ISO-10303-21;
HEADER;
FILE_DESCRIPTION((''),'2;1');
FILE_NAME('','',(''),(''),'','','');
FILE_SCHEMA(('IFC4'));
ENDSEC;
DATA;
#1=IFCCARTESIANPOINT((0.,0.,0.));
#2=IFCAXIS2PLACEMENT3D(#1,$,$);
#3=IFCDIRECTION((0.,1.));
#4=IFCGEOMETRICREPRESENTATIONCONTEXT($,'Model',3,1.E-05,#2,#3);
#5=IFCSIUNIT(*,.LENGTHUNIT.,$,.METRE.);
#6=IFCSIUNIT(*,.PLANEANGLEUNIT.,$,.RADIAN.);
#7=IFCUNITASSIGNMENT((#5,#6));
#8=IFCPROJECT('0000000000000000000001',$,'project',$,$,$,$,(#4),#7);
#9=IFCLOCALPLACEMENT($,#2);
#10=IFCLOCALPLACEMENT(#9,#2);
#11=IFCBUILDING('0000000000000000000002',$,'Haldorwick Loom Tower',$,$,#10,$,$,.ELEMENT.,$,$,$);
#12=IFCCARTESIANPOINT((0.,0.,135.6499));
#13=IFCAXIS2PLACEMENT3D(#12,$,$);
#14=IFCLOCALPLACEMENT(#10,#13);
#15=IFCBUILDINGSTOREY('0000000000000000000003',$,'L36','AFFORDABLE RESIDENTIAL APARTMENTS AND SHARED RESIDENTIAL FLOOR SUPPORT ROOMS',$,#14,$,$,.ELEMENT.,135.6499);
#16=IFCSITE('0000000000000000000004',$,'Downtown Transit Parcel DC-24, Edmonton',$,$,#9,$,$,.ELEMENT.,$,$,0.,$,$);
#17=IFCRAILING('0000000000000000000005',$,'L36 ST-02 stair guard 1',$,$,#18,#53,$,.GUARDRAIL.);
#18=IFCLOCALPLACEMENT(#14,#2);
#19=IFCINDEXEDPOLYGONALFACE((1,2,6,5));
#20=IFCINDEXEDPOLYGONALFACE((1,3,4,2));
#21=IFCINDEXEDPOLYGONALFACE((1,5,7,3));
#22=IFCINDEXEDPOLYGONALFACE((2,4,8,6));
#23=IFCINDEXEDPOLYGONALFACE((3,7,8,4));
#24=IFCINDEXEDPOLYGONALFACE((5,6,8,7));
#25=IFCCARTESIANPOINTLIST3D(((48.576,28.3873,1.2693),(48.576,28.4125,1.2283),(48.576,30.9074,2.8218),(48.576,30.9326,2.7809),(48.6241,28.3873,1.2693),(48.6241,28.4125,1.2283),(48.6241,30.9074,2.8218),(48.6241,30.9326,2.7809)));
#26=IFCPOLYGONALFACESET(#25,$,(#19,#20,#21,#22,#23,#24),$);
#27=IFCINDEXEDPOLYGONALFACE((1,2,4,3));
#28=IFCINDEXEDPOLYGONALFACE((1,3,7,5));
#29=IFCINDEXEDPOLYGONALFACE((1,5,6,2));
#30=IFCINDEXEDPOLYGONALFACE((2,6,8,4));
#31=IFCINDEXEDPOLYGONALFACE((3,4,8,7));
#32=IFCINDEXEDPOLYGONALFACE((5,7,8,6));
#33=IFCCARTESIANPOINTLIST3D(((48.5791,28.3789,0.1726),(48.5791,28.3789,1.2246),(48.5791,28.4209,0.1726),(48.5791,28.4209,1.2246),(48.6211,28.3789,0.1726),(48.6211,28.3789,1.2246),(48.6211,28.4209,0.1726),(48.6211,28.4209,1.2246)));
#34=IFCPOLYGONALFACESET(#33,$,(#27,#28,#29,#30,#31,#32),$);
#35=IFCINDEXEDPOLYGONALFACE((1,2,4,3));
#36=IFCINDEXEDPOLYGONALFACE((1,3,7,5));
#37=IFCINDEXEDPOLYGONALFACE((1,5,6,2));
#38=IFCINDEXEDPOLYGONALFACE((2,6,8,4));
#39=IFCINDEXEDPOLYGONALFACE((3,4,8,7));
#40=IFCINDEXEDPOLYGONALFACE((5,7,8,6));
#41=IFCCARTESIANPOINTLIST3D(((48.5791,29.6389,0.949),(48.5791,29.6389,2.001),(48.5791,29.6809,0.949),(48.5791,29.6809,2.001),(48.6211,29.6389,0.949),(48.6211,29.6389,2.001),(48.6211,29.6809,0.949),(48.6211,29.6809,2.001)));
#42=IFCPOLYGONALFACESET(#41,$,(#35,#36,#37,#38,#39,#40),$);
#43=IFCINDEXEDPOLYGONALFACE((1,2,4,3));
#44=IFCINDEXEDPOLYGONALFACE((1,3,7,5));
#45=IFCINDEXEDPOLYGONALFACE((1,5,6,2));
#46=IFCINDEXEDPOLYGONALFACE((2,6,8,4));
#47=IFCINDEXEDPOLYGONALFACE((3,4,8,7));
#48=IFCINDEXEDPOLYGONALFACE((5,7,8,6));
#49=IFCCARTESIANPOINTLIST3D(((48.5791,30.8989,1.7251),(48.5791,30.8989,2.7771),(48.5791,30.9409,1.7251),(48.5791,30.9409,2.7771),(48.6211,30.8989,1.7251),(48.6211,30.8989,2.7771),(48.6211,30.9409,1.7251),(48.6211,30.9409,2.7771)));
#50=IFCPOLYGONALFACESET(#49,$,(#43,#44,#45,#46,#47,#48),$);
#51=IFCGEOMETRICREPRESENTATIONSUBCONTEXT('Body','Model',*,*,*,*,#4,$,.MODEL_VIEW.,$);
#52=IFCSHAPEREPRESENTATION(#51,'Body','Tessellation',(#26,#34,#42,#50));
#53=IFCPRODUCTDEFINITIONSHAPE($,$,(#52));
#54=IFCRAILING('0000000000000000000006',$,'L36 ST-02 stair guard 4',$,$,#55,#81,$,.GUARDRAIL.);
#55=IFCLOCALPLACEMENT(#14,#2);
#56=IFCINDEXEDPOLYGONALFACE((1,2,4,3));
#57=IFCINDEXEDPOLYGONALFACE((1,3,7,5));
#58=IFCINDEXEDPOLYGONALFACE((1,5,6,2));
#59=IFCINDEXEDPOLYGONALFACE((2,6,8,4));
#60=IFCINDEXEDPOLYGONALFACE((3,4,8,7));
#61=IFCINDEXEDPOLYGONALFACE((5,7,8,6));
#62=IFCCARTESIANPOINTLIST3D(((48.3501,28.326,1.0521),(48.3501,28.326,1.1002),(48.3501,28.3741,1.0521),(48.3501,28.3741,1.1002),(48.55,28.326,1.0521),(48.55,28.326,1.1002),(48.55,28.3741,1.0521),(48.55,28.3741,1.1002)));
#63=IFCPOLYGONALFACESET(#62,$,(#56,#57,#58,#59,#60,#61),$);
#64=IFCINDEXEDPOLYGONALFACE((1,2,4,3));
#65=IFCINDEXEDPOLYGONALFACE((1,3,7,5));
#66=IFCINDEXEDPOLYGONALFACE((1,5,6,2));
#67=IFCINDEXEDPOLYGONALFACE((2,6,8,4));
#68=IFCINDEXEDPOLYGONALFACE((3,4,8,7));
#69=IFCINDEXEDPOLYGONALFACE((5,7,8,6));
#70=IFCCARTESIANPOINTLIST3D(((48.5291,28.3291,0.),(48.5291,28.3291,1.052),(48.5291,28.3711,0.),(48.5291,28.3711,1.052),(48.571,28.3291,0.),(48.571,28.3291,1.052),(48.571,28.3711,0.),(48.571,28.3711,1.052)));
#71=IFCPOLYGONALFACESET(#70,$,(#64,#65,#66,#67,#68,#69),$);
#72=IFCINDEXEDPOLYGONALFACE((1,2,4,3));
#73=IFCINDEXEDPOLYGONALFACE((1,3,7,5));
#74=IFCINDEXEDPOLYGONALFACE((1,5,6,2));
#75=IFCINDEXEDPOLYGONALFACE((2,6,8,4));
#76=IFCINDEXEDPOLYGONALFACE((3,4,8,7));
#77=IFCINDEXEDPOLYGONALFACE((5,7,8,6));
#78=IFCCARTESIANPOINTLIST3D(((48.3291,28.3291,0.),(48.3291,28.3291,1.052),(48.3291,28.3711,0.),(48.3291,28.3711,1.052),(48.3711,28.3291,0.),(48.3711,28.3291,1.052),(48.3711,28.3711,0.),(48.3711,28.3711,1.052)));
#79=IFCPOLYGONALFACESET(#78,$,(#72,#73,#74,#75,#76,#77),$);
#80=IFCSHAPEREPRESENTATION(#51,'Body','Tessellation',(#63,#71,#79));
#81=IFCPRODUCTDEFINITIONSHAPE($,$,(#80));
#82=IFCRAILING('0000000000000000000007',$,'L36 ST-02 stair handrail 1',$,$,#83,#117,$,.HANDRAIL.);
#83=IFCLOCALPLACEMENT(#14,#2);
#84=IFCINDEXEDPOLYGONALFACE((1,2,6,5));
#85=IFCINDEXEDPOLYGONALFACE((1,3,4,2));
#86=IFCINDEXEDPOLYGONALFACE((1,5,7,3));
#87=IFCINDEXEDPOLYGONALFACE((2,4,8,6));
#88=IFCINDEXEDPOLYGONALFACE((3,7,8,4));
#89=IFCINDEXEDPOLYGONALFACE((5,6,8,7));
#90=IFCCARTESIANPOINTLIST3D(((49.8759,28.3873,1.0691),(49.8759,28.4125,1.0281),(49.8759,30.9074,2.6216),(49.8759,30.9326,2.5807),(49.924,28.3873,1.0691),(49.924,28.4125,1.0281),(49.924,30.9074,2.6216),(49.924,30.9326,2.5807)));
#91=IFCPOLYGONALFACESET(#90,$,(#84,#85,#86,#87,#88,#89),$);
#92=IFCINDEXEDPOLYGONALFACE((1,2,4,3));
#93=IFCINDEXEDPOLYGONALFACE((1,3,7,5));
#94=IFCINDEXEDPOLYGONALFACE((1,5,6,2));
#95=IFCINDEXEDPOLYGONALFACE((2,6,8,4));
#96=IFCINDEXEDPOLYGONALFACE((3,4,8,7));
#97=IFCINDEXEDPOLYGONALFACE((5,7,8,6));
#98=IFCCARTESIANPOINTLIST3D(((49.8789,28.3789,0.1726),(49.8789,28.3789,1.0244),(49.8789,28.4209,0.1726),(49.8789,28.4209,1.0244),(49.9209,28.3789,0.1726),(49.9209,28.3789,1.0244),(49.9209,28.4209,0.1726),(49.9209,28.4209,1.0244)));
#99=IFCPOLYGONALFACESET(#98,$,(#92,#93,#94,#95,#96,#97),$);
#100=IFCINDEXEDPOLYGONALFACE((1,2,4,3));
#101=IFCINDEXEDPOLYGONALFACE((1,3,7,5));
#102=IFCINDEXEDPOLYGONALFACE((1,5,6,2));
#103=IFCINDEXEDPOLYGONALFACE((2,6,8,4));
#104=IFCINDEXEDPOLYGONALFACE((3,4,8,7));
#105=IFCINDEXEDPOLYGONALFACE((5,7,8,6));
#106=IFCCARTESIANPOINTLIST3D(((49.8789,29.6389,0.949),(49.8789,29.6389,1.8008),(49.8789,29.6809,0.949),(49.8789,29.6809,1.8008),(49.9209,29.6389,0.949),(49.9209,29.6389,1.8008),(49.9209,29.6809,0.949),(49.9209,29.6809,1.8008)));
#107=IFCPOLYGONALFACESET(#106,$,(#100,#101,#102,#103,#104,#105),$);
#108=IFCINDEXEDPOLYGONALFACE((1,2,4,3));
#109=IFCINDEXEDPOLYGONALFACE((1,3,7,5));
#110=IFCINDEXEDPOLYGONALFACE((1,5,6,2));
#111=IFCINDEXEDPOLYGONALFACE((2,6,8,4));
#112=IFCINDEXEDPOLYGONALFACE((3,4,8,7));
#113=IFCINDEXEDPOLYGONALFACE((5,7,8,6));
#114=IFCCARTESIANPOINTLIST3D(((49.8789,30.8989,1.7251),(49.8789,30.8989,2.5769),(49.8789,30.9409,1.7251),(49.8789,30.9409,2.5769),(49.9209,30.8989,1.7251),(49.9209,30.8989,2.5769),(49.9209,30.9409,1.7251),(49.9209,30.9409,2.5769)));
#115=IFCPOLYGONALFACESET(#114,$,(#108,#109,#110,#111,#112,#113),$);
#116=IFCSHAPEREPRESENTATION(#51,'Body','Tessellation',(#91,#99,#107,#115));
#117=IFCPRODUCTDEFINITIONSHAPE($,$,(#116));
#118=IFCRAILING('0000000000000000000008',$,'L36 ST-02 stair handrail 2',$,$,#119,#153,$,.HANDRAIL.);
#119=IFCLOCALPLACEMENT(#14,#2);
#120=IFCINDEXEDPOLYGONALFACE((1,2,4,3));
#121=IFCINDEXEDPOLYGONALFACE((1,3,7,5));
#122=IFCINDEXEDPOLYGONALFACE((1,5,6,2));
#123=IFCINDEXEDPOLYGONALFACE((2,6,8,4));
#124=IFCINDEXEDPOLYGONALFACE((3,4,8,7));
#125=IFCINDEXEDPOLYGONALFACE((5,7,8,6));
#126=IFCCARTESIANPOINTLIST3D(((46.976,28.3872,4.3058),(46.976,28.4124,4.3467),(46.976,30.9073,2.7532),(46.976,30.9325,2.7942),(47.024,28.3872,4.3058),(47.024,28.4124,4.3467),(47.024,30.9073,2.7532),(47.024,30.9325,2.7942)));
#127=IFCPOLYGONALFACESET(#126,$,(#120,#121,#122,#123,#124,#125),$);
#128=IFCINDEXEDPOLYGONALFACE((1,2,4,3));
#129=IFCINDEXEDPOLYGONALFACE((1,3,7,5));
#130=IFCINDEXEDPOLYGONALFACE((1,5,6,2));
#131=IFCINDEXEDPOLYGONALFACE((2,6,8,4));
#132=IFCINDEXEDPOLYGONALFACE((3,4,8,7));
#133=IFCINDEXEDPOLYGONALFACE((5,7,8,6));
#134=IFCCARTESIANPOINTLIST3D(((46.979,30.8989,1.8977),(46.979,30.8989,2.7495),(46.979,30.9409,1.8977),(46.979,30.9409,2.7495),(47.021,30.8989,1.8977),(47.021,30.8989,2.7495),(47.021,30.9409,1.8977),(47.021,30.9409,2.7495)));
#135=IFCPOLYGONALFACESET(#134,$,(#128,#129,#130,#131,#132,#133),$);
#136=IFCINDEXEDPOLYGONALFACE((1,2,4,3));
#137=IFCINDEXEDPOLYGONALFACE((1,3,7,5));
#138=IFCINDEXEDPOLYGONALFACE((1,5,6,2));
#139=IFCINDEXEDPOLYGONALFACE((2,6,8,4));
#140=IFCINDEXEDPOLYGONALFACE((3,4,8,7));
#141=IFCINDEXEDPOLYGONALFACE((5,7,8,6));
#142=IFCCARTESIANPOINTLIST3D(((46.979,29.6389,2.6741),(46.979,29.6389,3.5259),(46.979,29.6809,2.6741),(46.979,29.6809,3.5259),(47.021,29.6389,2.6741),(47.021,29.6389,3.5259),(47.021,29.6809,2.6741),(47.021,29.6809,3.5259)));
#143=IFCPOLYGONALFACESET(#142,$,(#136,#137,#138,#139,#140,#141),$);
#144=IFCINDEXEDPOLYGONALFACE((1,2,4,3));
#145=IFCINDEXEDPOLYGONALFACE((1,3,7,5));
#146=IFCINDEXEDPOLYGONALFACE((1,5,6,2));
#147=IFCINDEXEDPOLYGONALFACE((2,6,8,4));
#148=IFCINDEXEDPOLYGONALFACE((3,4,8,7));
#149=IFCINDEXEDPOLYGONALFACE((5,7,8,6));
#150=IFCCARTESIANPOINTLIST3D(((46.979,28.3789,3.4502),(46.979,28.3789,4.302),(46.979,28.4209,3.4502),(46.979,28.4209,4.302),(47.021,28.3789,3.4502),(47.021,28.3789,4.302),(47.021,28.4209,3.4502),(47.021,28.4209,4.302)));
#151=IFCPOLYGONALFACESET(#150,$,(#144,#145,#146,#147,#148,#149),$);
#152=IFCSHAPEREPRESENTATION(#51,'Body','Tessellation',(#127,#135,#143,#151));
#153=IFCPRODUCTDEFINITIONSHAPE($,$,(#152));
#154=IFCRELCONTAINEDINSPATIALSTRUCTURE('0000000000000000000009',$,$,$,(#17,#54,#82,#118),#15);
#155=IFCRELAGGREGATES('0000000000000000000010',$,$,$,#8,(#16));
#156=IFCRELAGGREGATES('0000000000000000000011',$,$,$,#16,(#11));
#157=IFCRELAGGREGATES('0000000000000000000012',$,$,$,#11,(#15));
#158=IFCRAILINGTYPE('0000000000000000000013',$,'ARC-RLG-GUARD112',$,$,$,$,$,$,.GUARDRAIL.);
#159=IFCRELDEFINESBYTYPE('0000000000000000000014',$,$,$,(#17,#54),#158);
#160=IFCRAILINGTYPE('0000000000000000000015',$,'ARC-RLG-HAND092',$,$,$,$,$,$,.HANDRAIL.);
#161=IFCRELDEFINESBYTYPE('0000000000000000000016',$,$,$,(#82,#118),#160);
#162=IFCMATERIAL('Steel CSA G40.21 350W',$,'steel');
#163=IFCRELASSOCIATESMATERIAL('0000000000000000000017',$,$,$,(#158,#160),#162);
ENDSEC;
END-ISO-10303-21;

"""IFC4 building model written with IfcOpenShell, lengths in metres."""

from ifc_helpers import new_model, si_unit, direction, frame, origin, origin_2d, place, context, subcontext, project, spatial, rectangle, extrude, material, type_object, element, save


model = new_model("IFC4")

# Units and contexts
model_context = context("Model", 3, precision=1e-05, world=origin(), true_north=direction((0.0, 1.0)))
body_context = subcontext(model_context, "Body", "Model", "MODEL_VIEW")
ifc_project = project(units=[si_unit("LENGTHUNIT", "METRE"), si_unit("PLANEANGLEUNIT", "RADIAN")], contexts=[model_context])

# Site, building, storey
site_placement = place(None, origin())
site = spatial("IfcSite", under=ifc_project, at=site_placement, Name="Downtown Transit Parcel DC-24, Edmonton", CompositionType="ELEMENT", RefElevation=0.0)
building_placement = place(site_placement, origin())
building = spatial("IfcBuilding", under=site, at=building_placement, Name="Haldorwick Loom Tower", CompositionType="ELEMENT")
storey_placement = place(building_placement, frame((0.0, 0.0, 135.6499)))
storey = spatial("IfcBuildingStorey", under=building, at=storey_placement, Name="L36", Description="AFFORDABLE RESIDENTIAL APARTMENTS AND SHARED RESIDENTIAL FLOOR SUPPORT ROOMS", CompositionType="ELEMENT", Elevation=135.6499)

# Shared definitions
ifc_material_1 = material(Name="Steel CSA G40.21 350W", Category="steel")

# Railings
railing_type_1 = type_object("IfcRailingType", Name="ARC-RLG-GUARD112", PredefinedType="GUARDRAIL", material=ifc_material_1)
railing_1_placement = place(storey_placement, frame((48.6001, 28.3999, 0.1726)))
element("IfcRailing", 1, at=railing_1_placement, inside=storey, type_object=railing_type_1, Name="L36 ST-02 stair guard 1", PredefinedType="GUARDRAIL", context=body_context, shape_type="SweptSolid", body=[
    extrude(rectangle(XDim=0.0481, YDim=0.0481, at=origin_2d()), frame((0.0, 0.0, 1.0762), z_axis=(0.0, 0.8514, 0.524516), x_axis=(-1.0, 0.0, 0.0)), (0.0, 0.0, 1.0), 2.96),
    extrude(rectangle(XDim=0.042, YDim=0.042, at=origin_2d()), origin(), (0.0, 0.0, 1.0), 1.052),
    extrude(rectangle(XDim=0.042, YDim=0.042, at=origin_2d()), frame((0.0, 1.26, 0.7764)), (0.0, 0.0, 1.0), 1.052),
    extrude(rectangle(XDim=0.042, YDim=0.042, at=origin_2d()), frame((0.0, 2.52, 1.5525)), (0.0, 0.0, 1.0), 1.052),
])
railing_2_placement = place(storey_placement, frame((48.55, 28.3501, 0.0)))
element("IfcRailing", 2, at=railing_2_placement, inside=storey, type_object=railing_type_1, Name="L36 ST-02 stair guard 4", PredefinedType="GUARDRAIL", context=body_context, shape_type="SweptSolid", body=[
    extrude(rectangle(XDim=0.0481, YDim=0.0481, at=origin_2d()), frame((0.0, 0.0, 1.0762), z_axis=(-1.0, 0.0, 0.0), x_axis=(0.0, -1.0, 0.0)), (0.0, 0.0, 1.0), 0.2),
    extrude(rectangle(XDim=0.042, YDim=0.042, at=origin_2d()), origin(), (0.0, 0.0, 1.0), 1.052),
    extrude(rectangle(XDim=0.042, YDim=0.042, at=origin_2d()), frame((-0.2, 0.0, 0.0)), (0.0, 0.0, 1.0), 1.052),
])
railing_type_2 = type_object("IfcRailingType", Name="ARC-RLG-HAND092", PredefinedType="HANDRAIL", material=ifc_material_1)
railing_3_placement = place(storey_placement, frame((49.8999, 28.3999, 0.1726)))
element("IfcRailing", 3, at=railing_3_placement, inside=storey, type_object=railing_type_2, Name="L36 ST-02 stair handrail 1", PredefinedType="HANDRAIL", context=body_context, shape_type="SweptSolid", body=[
    extrude(rectangle(XDim=0.0481, YDim=0.0481, at=origin_2d()), frame((0.0, 0.0, 0.876), z_axis=(0.0, 0.8514, 0.524516), x_axis=(-1.0, 0.0, 0.0)), (0.0, 0.0, 1.0), 2.96),
    extrude(rectangle(XDim=0.042, YDim=0.042, at=origin_2d()), origin(), (0.0, 0.0, 1.0), 0.8518),
    extrude(rectangle(XDim=0.042, YDim=0.042, at=origin_2d()), frame((0.0, 1.26, 0.7764)), (0.0, 0.0, 1.0), 0.8518),
    extrude(rectangle(XDim=0.042, YDim=0.042, at=origin_2d()), frame((0.0, 2.52, 1.5525)), (0.0, 0.0, 1.0), 0.8518),
])
railing_4_placement = place(storey_placement, frame((47.0, 30.9199, 1.8977)))
element("IfcRailing", 4, at=railing_4_placement, inside=storey, type_object=railing_type_2, Name="L36 ST-02 stair handrail 2", PredefinedType="HANDRAIL", context=body_context, shape_type="SweptSolid", body=[
    extrude(rectangle(XDim=0.0481, YDim=0.0481, at=origin_2d()), frame((0.0, 0.0, 0.876), z_axis=(0.0, -0.8514, 0.524516), x_axis=(1.0, 0.0, 0.0)), (0.0, 0.0, 1.0), 2.96),
    extrude(rectangle(XDim=0.042, YDim=0.042, at=origin_2d()), origin(), (0.0, 0.0, 1.0), 0.8518),
    extrude(rectangle(XDim=0.042, YDim=0.042, at=origin_2d()), frame((0.0, -1.26, 0.7764)), (0.0, 0.0, 1.0), 0.8518),
    extrude(rectangle(XDim=0.042, YDim=0.042, at=origin_2d()), frame((0.0, -2.52, 1.5525)), (0.0, 0.0, 1.0), 0.8518),
])

save(model, "model.ifc")
